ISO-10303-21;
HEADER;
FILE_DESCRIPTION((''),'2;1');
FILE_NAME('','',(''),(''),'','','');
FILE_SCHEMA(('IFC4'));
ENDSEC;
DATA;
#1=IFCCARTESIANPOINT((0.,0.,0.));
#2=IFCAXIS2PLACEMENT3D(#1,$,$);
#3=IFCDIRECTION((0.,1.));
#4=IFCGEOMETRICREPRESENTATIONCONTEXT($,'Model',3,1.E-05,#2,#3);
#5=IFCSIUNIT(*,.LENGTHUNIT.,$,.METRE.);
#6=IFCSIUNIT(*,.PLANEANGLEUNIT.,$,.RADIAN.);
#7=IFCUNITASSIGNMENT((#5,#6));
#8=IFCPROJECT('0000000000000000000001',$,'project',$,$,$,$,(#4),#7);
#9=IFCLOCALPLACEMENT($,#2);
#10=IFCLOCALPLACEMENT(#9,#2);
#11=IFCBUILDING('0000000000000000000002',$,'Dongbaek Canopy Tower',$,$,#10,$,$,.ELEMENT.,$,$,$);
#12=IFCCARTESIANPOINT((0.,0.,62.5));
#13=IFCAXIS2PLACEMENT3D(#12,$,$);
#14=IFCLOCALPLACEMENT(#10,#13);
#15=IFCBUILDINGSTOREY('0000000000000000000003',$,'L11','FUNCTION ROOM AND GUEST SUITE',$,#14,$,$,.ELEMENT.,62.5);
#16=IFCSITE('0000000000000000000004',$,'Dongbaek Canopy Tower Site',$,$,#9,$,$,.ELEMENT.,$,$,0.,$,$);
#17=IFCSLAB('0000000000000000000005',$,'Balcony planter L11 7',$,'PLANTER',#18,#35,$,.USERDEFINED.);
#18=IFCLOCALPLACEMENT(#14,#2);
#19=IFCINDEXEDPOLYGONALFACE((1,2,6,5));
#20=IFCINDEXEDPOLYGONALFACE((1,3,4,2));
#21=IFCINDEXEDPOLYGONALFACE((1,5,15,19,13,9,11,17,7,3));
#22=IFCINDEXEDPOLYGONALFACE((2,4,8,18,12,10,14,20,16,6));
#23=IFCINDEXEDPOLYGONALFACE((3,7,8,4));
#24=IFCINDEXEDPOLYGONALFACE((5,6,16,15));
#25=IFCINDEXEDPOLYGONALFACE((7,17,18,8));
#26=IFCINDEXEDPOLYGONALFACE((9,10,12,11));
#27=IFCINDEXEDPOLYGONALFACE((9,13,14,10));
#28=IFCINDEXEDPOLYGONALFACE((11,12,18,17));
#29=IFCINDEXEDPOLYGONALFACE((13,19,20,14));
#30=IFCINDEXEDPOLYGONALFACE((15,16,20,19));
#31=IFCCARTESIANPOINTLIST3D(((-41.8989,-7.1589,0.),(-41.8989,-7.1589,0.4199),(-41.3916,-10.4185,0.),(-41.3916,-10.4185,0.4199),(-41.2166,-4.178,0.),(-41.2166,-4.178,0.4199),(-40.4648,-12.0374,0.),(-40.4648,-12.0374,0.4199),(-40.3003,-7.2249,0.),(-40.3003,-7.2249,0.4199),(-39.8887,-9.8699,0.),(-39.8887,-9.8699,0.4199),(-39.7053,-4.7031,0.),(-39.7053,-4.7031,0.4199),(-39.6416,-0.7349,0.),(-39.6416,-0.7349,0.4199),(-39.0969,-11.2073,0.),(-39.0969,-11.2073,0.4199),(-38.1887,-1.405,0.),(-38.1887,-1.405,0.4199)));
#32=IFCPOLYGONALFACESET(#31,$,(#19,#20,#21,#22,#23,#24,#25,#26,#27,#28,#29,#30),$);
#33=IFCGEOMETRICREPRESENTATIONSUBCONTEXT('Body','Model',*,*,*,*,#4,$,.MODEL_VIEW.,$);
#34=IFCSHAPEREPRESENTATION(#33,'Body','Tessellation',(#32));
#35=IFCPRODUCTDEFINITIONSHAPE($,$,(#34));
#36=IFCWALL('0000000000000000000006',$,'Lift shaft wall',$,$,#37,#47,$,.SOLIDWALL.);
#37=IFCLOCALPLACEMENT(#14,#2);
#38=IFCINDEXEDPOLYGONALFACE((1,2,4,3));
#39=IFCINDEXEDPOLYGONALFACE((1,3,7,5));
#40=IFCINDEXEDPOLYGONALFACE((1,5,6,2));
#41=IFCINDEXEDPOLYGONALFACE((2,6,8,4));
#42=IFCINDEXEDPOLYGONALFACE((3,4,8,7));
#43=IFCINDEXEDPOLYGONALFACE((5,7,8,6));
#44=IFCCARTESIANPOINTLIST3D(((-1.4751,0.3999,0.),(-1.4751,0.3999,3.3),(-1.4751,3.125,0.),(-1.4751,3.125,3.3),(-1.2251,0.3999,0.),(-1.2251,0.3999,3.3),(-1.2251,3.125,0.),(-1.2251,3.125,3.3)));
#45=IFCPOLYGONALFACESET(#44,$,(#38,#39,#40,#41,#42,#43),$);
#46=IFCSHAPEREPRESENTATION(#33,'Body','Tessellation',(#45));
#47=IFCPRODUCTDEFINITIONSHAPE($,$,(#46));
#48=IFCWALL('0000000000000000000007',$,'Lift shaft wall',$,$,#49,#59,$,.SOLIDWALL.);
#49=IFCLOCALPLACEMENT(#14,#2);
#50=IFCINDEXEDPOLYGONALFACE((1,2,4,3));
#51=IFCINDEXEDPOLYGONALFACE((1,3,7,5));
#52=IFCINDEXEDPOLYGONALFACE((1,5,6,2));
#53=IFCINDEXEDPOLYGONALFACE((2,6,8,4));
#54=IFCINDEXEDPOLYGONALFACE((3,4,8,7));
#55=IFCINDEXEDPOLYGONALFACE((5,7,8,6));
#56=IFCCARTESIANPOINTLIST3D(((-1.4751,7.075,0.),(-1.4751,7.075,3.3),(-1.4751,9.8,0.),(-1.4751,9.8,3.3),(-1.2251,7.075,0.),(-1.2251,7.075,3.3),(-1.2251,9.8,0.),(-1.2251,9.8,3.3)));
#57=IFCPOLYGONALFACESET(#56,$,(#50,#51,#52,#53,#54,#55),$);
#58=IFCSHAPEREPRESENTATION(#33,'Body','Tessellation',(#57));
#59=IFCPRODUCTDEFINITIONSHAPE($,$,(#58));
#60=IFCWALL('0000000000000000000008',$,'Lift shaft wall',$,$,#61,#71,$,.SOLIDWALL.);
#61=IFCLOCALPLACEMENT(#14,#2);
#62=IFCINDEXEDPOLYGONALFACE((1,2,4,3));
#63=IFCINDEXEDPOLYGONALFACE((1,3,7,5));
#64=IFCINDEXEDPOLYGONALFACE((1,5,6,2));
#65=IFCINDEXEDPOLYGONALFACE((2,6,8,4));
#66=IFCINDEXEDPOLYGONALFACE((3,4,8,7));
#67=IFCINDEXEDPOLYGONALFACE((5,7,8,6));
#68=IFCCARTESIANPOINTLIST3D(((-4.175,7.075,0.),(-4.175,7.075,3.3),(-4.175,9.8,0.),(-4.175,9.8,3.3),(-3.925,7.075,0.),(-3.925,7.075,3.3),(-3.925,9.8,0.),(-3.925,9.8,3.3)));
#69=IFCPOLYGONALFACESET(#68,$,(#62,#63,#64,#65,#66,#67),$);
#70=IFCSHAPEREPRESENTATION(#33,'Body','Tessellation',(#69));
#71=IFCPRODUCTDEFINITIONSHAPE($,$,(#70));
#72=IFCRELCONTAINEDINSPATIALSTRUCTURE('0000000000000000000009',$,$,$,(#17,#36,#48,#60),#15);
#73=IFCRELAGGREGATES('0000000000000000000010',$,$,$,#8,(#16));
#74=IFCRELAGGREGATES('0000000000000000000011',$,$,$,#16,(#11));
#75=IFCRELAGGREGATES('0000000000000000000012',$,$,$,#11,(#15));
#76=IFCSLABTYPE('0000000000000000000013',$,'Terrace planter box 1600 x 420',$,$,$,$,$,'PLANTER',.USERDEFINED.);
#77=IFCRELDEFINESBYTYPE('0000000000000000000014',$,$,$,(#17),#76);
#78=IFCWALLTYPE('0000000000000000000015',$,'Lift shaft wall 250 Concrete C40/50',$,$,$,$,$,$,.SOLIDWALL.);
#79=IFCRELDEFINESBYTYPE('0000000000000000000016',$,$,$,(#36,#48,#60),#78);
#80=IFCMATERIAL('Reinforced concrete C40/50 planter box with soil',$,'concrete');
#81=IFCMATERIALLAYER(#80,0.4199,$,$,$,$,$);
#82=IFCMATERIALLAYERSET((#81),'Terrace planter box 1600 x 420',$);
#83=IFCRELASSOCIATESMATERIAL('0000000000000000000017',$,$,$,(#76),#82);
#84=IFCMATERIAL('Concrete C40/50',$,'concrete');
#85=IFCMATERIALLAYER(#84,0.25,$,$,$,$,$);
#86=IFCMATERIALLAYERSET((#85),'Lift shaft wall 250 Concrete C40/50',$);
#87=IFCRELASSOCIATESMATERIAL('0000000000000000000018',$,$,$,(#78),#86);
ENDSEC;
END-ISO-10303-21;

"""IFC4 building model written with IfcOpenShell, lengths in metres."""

from ifc_helpers import new_model, si_unit, direction, frame, frame_2d, origin, place, context, subcontext, project, spatial, polyline, rectangle, outline, extrude, material, layer, layer_set, type_object, element, save


model = new_model("IFC4")

# Units and contexts
model_context = context("Model", 3, precision=1e-05, world=origin(), true_north=direction((0.0, 1.0)))
body_context = subcontext(model_context, "Body", "Model", "MODEL_VIEW")
ifc_project = project(units=[si_unit("LENGTHUNIT", "METRE"), si_unit("PLANEANGLEUNIT", "RADIAN")], contexts=[model_context])

# Site, building, storey
site_placement = place(None, origin())
site = spatial("IfcSite", under=ifc_project, at=site_placement, Name="Dongbaek Canopy Tower Site", CompositionType="ELEMENT", RefElevation=0.0)
building_placement = place(site_placement, origin())
building = spatial("IfcBuilding", under=site, at=building_placement, Name="Dongbaek Canopy Tower", CompositionType="ELEMENT")
storey_placement = place(building_placement, frame((0.0, 0.0, 62.5)))
storey = spatial("IfcBuildingStorey", under=building, at=storey_placement, Name="L11", Description="FUNCTION ROOM AND GUEST SUITE", CompositionType="ELEMENT", Elevation=62.5)

# Slab
ifc_material_1 = material(Name="Reinforced concrete C40/50 planter box with soil", Category="concrete")
ifc_layer_1 = layer(ifc_material_1, 0.4199)
ifc_layer_set_1 = layer_set([ifc_layer_1], Name="Terrace planter box 1600 x 420")
slab_type_1 = type_object("IfcSlabType", Name="Terrace planter box 1600 x 420", ElementType="PLANTER", PredefinedType="USERDEFINED", material=ifc_layer_set_1)
slab_1_placement = place(storey_placement, origin())
element("IfcSlab", 1, at=slab_1_placement, inside=storey, type_object=slab_type_1, Name="Balcony planter L11 7", ObjectType="PLANTER", PredefinedType="USERDEFINED", context=body_context, shape_type="SweptSolid", body=[
    extrude(outline(polyline([(-38.1887, -1.405), (-39.7053, -4.7031), (-40.3003, -7.2249), (-39.8887, -9.8699), (-39.0969, -11.2073), (-40.4648, -12.0374), (-41.3916, -10.4185), (-41.8989, -7.1589), (-41.2166, -4.178), (-39.6416, -0.7349), (-38.1887, -1.405)])), origin(), (0.0, 0.0, 1.0), 0.4199),
])

# Walls
ifc_material_2 = material(Name="Concrete C40/50", Category="concrete")
ifc_layer_2 = layer(ifc_material_2, 0.25)
ifc_layer_set_2 = layer_set([ifc_layer_2], Name="Lift shaft wall 250 Concrete C40/50")
wall_type = type_object("IfcWallType", Name="Lift shaft wall 250 Concrete C40/50", PredefinedType="SOLIDWALL", material=ifc_layer_set_2)
for number, where, z_axis, x_axis, name in (
    (2, (-1.3501, 0.3999, 0.0), (0.0, 0.0, 1.0), (0.0, 1.0, 0.0), "Lift shaft wall"),
    (3, (-1.3501, 7.075, 0.0), (0.0, 0.0, 1.0), (0.0, 1.0, 0.0), "Lift shaft wall"),
    (4, (-4.05, 7.075, 0.0), (0.0, 0.0, 1.0), (0.0, 1.0, 0.0), "Lift shaft wall"),
):
    element("IfcWall", number, at=place(storey_placement, frame(where, z_axis=z_axis, x_axis=x_axis)), inside=storey, type_object=wall_type, Name=name, PredefinedType="SOLIDWALL", context=body_context, shape_type="SweptSolid", body=[
        extrude(rectangle(XDim=2.7251, YDim=0.25, at=frame_2d((1.3625, 0.0))), origin(), (0.0, 0.0, 1.0), 3.3),
    ])

save(model, "model.ifc")
